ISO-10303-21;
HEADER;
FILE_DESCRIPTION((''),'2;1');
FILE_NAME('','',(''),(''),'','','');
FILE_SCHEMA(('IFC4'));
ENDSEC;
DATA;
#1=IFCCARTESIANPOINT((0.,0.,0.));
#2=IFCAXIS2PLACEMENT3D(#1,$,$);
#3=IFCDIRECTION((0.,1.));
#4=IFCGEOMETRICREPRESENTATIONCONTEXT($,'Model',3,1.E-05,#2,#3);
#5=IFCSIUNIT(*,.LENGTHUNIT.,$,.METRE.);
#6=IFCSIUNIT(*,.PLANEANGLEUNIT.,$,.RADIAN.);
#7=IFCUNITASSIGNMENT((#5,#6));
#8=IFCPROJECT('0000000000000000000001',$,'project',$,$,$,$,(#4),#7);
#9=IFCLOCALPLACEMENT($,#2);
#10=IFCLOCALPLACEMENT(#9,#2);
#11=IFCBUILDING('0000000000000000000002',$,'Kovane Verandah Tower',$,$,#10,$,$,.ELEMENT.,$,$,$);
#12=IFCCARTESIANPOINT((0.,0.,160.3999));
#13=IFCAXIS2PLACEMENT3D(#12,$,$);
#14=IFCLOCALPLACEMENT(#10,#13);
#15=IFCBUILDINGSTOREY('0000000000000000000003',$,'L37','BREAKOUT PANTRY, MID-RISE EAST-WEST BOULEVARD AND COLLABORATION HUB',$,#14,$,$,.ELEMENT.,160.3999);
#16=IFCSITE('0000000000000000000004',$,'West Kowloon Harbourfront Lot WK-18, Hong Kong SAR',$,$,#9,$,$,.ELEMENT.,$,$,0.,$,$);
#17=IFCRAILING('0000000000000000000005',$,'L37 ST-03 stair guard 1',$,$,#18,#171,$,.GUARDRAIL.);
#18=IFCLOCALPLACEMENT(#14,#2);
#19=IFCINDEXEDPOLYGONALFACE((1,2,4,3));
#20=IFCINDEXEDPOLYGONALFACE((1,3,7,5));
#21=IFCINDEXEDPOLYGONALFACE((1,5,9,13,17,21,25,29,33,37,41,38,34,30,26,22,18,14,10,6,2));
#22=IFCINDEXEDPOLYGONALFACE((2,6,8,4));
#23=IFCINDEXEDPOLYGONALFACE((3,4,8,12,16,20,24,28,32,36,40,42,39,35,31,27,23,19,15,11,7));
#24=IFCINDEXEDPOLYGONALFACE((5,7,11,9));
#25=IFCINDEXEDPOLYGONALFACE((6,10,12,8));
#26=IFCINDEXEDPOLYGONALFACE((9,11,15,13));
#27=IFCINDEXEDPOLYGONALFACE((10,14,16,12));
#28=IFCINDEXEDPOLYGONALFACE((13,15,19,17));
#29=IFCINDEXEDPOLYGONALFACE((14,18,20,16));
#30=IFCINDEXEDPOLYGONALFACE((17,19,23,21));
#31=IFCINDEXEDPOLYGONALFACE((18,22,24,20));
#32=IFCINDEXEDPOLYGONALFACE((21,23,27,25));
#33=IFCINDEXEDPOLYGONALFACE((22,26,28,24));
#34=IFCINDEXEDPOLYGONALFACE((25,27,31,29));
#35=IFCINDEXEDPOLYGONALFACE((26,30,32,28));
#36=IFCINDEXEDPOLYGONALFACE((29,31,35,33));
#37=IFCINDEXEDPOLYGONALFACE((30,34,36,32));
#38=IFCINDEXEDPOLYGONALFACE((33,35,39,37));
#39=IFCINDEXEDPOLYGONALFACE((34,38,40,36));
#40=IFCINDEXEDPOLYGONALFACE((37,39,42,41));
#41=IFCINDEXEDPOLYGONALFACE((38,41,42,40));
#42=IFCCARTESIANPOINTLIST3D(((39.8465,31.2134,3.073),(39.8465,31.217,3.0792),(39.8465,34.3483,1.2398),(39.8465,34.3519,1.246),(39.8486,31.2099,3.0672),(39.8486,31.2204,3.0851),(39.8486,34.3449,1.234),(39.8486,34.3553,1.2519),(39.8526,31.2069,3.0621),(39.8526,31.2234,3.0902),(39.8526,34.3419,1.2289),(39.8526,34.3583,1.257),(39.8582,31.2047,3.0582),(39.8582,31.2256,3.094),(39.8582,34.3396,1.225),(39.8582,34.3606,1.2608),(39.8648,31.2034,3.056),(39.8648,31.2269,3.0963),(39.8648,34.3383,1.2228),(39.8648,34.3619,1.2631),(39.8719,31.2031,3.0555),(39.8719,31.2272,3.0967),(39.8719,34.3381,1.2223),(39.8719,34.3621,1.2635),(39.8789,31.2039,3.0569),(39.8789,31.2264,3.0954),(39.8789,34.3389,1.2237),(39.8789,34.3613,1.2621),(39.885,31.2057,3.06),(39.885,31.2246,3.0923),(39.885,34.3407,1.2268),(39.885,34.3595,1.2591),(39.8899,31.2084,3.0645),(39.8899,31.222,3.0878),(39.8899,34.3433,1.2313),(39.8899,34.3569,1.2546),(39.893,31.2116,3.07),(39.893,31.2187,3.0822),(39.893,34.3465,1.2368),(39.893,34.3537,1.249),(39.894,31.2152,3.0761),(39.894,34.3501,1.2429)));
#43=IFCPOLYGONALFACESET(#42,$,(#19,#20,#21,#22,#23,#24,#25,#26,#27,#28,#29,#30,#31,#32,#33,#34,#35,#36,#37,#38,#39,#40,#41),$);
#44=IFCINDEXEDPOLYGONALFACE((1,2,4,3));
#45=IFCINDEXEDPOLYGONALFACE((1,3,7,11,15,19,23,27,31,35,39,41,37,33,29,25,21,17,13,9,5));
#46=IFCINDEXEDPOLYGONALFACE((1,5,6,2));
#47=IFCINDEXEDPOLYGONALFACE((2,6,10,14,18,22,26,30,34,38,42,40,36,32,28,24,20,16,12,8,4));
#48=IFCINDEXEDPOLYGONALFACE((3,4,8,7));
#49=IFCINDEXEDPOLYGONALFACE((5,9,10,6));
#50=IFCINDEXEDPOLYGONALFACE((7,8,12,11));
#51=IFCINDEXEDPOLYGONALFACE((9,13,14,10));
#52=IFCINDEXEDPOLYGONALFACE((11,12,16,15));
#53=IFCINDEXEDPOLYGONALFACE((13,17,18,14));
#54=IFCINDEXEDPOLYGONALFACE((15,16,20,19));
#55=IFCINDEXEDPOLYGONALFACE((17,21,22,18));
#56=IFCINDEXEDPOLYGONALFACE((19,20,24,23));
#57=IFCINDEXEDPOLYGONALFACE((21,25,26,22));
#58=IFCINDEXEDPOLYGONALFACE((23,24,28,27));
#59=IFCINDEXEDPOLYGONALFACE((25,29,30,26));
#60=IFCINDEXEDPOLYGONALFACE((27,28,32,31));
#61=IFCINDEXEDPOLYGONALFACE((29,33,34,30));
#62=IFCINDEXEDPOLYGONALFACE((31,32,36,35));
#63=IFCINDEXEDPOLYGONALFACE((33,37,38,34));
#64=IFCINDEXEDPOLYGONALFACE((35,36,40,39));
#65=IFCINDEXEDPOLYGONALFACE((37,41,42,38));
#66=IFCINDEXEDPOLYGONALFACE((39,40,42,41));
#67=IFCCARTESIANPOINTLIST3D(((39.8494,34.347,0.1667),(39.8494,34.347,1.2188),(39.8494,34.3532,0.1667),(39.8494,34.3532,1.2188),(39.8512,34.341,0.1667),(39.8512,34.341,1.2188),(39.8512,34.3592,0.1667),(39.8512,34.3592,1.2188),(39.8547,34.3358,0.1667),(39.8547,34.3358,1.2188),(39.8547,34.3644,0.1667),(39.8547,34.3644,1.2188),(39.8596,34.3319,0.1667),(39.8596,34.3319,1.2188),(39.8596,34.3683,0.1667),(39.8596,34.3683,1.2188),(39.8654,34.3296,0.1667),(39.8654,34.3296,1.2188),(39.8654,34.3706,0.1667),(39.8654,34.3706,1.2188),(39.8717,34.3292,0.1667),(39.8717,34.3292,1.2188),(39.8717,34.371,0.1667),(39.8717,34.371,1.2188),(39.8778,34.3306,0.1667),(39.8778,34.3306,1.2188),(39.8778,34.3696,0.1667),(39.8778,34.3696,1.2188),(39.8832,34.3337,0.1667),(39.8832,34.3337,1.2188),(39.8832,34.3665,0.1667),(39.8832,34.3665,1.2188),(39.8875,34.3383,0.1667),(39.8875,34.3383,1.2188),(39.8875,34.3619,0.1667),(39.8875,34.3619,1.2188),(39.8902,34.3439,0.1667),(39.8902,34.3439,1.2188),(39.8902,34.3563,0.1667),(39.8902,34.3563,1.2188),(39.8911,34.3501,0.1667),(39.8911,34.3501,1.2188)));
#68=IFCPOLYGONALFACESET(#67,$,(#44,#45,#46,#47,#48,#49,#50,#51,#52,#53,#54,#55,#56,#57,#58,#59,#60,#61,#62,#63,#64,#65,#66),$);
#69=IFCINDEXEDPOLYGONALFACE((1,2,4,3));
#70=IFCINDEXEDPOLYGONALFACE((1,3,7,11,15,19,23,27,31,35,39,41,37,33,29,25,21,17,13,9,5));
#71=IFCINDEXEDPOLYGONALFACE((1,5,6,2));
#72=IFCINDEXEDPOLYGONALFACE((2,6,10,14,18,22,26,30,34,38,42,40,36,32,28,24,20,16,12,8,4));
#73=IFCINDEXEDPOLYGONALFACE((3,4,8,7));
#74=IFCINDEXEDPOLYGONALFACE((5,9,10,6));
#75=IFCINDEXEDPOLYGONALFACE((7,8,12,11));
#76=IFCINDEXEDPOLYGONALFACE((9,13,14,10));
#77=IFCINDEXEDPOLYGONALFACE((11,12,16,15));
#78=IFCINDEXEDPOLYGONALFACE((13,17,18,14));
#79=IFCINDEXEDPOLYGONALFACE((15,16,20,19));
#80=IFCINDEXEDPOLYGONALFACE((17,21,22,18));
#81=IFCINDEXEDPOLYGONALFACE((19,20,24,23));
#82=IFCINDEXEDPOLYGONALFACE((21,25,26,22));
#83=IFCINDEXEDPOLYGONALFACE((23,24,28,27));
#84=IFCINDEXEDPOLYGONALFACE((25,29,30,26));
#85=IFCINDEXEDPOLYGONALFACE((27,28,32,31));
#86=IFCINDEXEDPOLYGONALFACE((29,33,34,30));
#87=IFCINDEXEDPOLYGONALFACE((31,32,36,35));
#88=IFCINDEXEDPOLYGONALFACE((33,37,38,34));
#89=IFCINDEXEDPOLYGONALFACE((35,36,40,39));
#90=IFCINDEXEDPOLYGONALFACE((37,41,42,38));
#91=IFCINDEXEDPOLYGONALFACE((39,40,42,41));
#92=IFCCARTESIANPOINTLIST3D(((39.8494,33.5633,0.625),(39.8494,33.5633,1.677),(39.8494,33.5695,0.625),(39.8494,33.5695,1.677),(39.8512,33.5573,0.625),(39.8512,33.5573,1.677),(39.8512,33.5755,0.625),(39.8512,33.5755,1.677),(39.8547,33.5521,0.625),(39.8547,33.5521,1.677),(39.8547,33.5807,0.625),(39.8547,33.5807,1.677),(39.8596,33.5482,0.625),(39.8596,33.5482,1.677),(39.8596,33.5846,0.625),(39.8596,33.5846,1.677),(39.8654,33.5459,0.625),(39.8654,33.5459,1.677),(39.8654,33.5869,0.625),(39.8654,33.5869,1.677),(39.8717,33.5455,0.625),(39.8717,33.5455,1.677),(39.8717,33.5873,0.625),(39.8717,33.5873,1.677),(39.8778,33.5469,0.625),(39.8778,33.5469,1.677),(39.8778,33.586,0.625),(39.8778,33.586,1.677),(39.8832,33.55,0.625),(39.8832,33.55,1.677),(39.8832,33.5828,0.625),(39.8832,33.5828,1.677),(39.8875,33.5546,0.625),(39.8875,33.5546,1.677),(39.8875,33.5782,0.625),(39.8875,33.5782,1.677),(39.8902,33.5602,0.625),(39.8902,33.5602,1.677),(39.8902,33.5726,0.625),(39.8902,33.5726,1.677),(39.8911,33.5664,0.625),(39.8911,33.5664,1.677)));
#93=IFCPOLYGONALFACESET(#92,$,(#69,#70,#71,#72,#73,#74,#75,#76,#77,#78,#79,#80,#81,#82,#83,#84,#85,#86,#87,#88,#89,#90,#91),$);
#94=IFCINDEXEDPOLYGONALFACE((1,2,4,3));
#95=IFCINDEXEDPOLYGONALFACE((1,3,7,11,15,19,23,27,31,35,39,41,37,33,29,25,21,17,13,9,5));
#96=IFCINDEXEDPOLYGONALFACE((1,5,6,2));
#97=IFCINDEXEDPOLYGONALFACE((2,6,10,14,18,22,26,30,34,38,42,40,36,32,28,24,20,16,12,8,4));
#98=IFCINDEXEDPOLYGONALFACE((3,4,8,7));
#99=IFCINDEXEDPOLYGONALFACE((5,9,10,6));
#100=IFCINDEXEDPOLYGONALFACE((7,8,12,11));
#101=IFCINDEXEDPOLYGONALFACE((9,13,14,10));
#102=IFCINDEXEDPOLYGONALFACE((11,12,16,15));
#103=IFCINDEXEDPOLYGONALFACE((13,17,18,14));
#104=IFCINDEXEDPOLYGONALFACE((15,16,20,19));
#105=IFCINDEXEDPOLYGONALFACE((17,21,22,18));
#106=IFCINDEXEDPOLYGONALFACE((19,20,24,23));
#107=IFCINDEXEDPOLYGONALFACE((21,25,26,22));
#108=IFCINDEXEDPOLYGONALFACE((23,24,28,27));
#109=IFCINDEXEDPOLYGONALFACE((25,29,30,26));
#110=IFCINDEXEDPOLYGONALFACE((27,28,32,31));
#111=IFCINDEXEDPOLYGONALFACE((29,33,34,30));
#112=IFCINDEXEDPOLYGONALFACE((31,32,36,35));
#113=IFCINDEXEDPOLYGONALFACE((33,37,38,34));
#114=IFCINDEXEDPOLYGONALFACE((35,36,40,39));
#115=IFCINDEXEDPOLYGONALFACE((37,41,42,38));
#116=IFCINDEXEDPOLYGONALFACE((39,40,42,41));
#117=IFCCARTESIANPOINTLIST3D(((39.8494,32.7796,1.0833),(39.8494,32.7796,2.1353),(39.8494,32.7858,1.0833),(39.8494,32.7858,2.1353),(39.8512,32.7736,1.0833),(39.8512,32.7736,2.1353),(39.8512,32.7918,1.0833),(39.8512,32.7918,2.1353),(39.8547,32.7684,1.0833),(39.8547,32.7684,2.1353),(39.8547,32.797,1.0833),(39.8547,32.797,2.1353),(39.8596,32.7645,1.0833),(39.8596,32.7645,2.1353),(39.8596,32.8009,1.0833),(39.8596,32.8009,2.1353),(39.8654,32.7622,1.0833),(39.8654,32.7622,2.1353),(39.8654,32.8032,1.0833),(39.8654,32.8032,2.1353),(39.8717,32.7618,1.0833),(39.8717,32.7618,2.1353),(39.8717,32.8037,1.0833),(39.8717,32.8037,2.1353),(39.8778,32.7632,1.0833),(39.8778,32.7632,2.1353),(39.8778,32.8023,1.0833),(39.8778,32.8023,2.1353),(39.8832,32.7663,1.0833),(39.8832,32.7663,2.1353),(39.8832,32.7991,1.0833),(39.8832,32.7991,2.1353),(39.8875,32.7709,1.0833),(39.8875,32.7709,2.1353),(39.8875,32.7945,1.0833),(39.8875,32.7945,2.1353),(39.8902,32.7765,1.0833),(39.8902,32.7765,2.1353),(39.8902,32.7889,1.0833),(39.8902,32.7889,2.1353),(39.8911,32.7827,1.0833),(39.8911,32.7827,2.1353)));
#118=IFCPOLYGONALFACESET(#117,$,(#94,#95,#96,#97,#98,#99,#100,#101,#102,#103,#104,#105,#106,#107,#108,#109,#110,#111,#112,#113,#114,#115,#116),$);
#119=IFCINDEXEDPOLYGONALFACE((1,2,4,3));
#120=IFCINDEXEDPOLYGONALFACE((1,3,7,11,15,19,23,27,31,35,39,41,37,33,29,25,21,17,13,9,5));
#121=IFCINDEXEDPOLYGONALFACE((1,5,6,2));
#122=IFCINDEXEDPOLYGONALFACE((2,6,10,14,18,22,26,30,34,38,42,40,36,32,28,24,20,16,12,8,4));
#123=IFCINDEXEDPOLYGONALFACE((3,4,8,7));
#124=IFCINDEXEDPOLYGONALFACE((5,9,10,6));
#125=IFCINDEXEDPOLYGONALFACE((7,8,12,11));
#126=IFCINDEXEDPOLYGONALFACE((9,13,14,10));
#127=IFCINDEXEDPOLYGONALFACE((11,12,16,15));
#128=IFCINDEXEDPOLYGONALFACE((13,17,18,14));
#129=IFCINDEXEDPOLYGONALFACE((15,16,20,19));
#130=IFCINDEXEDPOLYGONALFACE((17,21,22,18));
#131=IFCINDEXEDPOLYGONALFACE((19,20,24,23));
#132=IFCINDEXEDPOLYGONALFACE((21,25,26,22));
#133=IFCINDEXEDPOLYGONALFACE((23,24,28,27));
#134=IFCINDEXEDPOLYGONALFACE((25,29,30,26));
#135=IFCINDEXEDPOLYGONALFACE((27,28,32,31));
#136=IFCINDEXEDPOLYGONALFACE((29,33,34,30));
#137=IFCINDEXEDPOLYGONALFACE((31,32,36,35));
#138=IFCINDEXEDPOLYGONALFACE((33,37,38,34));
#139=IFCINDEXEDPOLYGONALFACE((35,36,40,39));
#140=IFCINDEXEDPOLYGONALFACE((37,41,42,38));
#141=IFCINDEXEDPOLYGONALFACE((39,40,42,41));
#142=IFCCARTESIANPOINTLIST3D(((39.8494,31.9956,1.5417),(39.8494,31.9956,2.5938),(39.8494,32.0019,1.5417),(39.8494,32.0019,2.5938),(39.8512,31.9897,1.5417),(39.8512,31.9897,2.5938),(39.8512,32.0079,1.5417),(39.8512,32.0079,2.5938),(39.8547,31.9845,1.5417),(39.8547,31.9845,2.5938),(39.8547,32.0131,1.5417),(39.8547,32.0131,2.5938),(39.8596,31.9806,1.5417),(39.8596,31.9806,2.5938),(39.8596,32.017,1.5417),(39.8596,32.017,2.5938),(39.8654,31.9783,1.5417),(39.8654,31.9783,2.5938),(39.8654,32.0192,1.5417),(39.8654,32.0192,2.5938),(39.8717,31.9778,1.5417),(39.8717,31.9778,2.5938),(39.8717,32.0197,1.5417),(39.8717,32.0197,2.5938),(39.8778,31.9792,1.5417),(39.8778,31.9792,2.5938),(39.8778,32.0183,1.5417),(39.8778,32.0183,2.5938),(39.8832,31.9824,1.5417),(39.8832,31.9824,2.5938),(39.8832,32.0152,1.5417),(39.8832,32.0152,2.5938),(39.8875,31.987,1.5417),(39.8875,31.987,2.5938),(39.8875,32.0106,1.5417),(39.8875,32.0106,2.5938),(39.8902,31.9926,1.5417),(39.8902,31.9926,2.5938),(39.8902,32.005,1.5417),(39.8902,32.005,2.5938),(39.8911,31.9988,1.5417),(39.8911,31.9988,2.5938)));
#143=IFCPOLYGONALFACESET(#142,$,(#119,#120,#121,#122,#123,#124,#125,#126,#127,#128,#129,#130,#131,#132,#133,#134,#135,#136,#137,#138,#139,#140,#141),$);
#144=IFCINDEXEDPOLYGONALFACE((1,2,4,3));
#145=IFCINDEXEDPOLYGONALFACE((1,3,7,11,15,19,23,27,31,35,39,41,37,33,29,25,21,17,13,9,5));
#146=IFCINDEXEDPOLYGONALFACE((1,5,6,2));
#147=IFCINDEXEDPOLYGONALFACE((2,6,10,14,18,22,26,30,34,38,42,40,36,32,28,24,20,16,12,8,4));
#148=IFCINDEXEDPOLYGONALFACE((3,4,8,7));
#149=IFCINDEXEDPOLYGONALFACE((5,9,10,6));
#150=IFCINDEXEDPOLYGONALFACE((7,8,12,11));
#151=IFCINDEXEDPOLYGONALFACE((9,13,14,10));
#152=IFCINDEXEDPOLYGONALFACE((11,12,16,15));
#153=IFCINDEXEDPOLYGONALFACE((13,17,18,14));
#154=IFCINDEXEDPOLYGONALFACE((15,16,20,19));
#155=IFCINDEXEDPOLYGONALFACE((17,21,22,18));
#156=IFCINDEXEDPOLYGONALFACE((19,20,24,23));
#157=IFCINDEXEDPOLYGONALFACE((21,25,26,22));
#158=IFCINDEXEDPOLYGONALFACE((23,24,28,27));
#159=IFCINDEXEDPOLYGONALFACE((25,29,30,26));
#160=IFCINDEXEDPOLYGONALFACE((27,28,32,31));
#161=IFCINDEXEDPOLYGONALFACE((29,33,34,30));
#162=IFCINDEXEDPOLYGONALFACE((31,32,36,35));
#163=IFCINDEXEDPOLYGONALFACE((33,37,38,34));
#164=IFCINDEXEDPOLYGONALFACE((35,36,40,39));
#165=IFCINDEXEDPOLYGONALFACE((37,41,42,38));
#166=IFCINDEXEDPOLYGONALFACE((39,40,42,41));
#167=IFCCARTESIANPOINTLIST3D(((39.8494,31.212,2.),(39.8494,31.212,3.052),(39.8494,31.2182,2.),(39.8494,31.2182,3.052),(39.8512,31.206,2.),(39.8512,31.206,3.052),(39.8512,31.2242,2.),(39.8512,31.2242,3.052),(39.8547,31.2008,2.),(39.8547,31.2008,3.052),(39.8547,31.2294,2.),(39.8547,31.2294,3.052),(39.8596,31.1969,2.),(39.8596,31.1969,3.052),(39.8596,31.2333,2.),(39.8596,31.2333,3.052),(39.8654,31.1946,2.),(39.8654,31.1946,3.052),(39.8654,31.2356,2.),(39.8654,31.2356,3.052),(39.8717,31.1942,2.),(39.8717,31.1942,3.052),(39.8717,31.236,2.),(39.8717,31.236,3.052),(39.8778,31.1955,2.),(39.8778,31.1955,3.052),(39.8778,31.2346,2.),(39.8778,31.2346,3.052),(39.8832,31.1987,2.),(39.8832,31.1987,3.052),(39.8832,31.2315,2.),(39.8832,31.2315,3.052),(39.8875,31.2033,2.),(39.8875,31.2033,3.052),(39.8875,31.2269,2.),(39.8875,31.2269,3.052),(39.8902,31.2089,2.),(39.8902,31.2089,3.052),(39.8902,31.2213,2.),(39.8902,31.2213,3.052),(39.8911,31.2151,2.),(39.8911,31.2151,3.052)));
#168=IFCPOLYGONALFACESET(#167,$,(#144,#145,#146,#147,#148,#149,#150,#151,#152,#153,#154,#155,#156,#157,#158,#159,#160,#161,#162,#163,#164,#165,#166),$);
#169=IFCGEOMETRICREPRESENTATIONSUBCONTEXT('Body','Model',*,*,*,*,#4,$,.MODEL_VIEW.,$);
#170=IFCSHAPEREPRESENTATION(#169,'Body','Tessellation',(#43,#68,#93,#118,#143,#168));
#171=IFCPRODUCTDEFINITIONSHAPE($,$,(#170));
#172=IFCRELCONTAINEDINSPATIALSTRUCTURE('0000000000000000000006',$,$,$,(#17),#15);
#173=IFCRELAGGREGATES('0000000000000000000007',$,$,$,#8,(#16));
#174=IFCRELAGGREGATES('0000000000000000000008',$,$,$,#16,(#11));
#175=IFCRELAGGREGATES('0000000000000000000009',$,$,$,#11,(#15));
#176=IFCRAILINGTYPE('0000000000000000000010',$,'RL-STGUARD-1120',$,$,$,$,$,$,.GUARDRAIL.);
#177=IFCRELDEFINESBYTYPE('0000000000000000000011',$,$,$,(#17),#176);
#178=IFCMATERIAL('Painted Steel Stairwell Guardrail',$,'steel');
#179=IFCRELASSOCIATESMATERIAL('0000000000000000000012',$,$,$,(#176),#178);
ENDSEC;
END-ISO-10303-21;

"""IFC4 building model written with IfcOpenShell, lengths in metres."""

from ifc_helpers import new_model, si_unit, direction, frame, origin, origin_2d, place, context, subcontext, project, spatial, circle, extrude, material, type_object, element, save


model = new_model("IFC4")

# Units and contexts
model_context = context("Model", 3, precision=1e-05, world=origin(), true_north=direction((0.0, 1.0)))
body_context = subcontext(model_context, "Body", "Model", "MODEL_VIEW")
ifc_project = project(units=[si_unit("LENGTHUNIT", "METRE"), si_unit("PLANEANGLEUNIT", "RADIAN")], contexts=[model_context])

# Site, building, storey
site_placement = place(None, origin())
site = spatial("IfcSite", under=ifc_project, at=site_placement, Name="West Kowloon Harbourfront Lot WK-18, Hong Kong SAR", CompositionType="ELEMENT", RefElevation=0.0)
building_placement = place(site_placement, origin())
building = spatial("IfcBuilding", under=site, at=building_placement, Name="Kovane Verandah Tower", CompositionType="ELEMENT")
storey_placement = place(building_placement, frame((0.0, 0.0, 160.3999)))
storey = spatial("IfcBuildingStorey", under=building, at=storey_placement, Name="L37", Description="BREAKOUT PANTRY, MID-RISE EAST-WEST BOULEVARD AND COLLABORATION HUB", CompositionType="ELEMENT", Elevation=160.3999)

# Railing
ifc_material_1 = material(Name="Painted Steel Stairwell Guardrail", Category="steel")
railing_type_1 = type_object("IfcRailingType", Name="RL-STGUARD-1120", PredefinedType="GUARDRAIL", material=ifc_material_1)
railing_1_placement = place(storey_placement, frame((39.8701, 34.3501, 0.1667)))
element("IfcRailing", 1, at=railing_1_placement, inside=storey, type_object=railing_type_1, Name="L37 ST-03 stair guard 1", PredefinedType="GUARDRAIL", context=body_context, shape_type="SweptSolid", body=[
    extrude(circle(Radius=0.0239, at=origin_2d()), frame((0.0, 0.0, 1.0762), z_axis=(0.0, -0.86324, 0.504794), x_axis=(1.0, 0.0, 0.0)), (0.0, 0.0, 1.0), 3.6316),
    extrude(circle(Radius=0.021, at=origin_2d()), origin(), (0.0, 0.0, 1.0), 1.052),
    extrude(circle(Radius=0.021, at=origin_2d()), frame((0.0, -0.7837, 0.4583)), (0.0, 0.0, 1.0), 1.052),
    extrude(circle(Radius=0.021, at=origin_2d()), frame((0.0, -1.5674, 0.9165)), (0.0, 0.0, 1.0), 1.052),
    extrude(circle(Radius=0.021, at=origin_2d()), frame((0.0, -2.3513, 1.375)), (0.0, 0.0, 1.0), 1.052),
    extrude(circle(Radius=0.021, at=origin_2d()), frame((0.0, -3.135, 1.8333)), (0.0, 0.0, 1.0), 1.052),
])

save(model, "model.ifc")
